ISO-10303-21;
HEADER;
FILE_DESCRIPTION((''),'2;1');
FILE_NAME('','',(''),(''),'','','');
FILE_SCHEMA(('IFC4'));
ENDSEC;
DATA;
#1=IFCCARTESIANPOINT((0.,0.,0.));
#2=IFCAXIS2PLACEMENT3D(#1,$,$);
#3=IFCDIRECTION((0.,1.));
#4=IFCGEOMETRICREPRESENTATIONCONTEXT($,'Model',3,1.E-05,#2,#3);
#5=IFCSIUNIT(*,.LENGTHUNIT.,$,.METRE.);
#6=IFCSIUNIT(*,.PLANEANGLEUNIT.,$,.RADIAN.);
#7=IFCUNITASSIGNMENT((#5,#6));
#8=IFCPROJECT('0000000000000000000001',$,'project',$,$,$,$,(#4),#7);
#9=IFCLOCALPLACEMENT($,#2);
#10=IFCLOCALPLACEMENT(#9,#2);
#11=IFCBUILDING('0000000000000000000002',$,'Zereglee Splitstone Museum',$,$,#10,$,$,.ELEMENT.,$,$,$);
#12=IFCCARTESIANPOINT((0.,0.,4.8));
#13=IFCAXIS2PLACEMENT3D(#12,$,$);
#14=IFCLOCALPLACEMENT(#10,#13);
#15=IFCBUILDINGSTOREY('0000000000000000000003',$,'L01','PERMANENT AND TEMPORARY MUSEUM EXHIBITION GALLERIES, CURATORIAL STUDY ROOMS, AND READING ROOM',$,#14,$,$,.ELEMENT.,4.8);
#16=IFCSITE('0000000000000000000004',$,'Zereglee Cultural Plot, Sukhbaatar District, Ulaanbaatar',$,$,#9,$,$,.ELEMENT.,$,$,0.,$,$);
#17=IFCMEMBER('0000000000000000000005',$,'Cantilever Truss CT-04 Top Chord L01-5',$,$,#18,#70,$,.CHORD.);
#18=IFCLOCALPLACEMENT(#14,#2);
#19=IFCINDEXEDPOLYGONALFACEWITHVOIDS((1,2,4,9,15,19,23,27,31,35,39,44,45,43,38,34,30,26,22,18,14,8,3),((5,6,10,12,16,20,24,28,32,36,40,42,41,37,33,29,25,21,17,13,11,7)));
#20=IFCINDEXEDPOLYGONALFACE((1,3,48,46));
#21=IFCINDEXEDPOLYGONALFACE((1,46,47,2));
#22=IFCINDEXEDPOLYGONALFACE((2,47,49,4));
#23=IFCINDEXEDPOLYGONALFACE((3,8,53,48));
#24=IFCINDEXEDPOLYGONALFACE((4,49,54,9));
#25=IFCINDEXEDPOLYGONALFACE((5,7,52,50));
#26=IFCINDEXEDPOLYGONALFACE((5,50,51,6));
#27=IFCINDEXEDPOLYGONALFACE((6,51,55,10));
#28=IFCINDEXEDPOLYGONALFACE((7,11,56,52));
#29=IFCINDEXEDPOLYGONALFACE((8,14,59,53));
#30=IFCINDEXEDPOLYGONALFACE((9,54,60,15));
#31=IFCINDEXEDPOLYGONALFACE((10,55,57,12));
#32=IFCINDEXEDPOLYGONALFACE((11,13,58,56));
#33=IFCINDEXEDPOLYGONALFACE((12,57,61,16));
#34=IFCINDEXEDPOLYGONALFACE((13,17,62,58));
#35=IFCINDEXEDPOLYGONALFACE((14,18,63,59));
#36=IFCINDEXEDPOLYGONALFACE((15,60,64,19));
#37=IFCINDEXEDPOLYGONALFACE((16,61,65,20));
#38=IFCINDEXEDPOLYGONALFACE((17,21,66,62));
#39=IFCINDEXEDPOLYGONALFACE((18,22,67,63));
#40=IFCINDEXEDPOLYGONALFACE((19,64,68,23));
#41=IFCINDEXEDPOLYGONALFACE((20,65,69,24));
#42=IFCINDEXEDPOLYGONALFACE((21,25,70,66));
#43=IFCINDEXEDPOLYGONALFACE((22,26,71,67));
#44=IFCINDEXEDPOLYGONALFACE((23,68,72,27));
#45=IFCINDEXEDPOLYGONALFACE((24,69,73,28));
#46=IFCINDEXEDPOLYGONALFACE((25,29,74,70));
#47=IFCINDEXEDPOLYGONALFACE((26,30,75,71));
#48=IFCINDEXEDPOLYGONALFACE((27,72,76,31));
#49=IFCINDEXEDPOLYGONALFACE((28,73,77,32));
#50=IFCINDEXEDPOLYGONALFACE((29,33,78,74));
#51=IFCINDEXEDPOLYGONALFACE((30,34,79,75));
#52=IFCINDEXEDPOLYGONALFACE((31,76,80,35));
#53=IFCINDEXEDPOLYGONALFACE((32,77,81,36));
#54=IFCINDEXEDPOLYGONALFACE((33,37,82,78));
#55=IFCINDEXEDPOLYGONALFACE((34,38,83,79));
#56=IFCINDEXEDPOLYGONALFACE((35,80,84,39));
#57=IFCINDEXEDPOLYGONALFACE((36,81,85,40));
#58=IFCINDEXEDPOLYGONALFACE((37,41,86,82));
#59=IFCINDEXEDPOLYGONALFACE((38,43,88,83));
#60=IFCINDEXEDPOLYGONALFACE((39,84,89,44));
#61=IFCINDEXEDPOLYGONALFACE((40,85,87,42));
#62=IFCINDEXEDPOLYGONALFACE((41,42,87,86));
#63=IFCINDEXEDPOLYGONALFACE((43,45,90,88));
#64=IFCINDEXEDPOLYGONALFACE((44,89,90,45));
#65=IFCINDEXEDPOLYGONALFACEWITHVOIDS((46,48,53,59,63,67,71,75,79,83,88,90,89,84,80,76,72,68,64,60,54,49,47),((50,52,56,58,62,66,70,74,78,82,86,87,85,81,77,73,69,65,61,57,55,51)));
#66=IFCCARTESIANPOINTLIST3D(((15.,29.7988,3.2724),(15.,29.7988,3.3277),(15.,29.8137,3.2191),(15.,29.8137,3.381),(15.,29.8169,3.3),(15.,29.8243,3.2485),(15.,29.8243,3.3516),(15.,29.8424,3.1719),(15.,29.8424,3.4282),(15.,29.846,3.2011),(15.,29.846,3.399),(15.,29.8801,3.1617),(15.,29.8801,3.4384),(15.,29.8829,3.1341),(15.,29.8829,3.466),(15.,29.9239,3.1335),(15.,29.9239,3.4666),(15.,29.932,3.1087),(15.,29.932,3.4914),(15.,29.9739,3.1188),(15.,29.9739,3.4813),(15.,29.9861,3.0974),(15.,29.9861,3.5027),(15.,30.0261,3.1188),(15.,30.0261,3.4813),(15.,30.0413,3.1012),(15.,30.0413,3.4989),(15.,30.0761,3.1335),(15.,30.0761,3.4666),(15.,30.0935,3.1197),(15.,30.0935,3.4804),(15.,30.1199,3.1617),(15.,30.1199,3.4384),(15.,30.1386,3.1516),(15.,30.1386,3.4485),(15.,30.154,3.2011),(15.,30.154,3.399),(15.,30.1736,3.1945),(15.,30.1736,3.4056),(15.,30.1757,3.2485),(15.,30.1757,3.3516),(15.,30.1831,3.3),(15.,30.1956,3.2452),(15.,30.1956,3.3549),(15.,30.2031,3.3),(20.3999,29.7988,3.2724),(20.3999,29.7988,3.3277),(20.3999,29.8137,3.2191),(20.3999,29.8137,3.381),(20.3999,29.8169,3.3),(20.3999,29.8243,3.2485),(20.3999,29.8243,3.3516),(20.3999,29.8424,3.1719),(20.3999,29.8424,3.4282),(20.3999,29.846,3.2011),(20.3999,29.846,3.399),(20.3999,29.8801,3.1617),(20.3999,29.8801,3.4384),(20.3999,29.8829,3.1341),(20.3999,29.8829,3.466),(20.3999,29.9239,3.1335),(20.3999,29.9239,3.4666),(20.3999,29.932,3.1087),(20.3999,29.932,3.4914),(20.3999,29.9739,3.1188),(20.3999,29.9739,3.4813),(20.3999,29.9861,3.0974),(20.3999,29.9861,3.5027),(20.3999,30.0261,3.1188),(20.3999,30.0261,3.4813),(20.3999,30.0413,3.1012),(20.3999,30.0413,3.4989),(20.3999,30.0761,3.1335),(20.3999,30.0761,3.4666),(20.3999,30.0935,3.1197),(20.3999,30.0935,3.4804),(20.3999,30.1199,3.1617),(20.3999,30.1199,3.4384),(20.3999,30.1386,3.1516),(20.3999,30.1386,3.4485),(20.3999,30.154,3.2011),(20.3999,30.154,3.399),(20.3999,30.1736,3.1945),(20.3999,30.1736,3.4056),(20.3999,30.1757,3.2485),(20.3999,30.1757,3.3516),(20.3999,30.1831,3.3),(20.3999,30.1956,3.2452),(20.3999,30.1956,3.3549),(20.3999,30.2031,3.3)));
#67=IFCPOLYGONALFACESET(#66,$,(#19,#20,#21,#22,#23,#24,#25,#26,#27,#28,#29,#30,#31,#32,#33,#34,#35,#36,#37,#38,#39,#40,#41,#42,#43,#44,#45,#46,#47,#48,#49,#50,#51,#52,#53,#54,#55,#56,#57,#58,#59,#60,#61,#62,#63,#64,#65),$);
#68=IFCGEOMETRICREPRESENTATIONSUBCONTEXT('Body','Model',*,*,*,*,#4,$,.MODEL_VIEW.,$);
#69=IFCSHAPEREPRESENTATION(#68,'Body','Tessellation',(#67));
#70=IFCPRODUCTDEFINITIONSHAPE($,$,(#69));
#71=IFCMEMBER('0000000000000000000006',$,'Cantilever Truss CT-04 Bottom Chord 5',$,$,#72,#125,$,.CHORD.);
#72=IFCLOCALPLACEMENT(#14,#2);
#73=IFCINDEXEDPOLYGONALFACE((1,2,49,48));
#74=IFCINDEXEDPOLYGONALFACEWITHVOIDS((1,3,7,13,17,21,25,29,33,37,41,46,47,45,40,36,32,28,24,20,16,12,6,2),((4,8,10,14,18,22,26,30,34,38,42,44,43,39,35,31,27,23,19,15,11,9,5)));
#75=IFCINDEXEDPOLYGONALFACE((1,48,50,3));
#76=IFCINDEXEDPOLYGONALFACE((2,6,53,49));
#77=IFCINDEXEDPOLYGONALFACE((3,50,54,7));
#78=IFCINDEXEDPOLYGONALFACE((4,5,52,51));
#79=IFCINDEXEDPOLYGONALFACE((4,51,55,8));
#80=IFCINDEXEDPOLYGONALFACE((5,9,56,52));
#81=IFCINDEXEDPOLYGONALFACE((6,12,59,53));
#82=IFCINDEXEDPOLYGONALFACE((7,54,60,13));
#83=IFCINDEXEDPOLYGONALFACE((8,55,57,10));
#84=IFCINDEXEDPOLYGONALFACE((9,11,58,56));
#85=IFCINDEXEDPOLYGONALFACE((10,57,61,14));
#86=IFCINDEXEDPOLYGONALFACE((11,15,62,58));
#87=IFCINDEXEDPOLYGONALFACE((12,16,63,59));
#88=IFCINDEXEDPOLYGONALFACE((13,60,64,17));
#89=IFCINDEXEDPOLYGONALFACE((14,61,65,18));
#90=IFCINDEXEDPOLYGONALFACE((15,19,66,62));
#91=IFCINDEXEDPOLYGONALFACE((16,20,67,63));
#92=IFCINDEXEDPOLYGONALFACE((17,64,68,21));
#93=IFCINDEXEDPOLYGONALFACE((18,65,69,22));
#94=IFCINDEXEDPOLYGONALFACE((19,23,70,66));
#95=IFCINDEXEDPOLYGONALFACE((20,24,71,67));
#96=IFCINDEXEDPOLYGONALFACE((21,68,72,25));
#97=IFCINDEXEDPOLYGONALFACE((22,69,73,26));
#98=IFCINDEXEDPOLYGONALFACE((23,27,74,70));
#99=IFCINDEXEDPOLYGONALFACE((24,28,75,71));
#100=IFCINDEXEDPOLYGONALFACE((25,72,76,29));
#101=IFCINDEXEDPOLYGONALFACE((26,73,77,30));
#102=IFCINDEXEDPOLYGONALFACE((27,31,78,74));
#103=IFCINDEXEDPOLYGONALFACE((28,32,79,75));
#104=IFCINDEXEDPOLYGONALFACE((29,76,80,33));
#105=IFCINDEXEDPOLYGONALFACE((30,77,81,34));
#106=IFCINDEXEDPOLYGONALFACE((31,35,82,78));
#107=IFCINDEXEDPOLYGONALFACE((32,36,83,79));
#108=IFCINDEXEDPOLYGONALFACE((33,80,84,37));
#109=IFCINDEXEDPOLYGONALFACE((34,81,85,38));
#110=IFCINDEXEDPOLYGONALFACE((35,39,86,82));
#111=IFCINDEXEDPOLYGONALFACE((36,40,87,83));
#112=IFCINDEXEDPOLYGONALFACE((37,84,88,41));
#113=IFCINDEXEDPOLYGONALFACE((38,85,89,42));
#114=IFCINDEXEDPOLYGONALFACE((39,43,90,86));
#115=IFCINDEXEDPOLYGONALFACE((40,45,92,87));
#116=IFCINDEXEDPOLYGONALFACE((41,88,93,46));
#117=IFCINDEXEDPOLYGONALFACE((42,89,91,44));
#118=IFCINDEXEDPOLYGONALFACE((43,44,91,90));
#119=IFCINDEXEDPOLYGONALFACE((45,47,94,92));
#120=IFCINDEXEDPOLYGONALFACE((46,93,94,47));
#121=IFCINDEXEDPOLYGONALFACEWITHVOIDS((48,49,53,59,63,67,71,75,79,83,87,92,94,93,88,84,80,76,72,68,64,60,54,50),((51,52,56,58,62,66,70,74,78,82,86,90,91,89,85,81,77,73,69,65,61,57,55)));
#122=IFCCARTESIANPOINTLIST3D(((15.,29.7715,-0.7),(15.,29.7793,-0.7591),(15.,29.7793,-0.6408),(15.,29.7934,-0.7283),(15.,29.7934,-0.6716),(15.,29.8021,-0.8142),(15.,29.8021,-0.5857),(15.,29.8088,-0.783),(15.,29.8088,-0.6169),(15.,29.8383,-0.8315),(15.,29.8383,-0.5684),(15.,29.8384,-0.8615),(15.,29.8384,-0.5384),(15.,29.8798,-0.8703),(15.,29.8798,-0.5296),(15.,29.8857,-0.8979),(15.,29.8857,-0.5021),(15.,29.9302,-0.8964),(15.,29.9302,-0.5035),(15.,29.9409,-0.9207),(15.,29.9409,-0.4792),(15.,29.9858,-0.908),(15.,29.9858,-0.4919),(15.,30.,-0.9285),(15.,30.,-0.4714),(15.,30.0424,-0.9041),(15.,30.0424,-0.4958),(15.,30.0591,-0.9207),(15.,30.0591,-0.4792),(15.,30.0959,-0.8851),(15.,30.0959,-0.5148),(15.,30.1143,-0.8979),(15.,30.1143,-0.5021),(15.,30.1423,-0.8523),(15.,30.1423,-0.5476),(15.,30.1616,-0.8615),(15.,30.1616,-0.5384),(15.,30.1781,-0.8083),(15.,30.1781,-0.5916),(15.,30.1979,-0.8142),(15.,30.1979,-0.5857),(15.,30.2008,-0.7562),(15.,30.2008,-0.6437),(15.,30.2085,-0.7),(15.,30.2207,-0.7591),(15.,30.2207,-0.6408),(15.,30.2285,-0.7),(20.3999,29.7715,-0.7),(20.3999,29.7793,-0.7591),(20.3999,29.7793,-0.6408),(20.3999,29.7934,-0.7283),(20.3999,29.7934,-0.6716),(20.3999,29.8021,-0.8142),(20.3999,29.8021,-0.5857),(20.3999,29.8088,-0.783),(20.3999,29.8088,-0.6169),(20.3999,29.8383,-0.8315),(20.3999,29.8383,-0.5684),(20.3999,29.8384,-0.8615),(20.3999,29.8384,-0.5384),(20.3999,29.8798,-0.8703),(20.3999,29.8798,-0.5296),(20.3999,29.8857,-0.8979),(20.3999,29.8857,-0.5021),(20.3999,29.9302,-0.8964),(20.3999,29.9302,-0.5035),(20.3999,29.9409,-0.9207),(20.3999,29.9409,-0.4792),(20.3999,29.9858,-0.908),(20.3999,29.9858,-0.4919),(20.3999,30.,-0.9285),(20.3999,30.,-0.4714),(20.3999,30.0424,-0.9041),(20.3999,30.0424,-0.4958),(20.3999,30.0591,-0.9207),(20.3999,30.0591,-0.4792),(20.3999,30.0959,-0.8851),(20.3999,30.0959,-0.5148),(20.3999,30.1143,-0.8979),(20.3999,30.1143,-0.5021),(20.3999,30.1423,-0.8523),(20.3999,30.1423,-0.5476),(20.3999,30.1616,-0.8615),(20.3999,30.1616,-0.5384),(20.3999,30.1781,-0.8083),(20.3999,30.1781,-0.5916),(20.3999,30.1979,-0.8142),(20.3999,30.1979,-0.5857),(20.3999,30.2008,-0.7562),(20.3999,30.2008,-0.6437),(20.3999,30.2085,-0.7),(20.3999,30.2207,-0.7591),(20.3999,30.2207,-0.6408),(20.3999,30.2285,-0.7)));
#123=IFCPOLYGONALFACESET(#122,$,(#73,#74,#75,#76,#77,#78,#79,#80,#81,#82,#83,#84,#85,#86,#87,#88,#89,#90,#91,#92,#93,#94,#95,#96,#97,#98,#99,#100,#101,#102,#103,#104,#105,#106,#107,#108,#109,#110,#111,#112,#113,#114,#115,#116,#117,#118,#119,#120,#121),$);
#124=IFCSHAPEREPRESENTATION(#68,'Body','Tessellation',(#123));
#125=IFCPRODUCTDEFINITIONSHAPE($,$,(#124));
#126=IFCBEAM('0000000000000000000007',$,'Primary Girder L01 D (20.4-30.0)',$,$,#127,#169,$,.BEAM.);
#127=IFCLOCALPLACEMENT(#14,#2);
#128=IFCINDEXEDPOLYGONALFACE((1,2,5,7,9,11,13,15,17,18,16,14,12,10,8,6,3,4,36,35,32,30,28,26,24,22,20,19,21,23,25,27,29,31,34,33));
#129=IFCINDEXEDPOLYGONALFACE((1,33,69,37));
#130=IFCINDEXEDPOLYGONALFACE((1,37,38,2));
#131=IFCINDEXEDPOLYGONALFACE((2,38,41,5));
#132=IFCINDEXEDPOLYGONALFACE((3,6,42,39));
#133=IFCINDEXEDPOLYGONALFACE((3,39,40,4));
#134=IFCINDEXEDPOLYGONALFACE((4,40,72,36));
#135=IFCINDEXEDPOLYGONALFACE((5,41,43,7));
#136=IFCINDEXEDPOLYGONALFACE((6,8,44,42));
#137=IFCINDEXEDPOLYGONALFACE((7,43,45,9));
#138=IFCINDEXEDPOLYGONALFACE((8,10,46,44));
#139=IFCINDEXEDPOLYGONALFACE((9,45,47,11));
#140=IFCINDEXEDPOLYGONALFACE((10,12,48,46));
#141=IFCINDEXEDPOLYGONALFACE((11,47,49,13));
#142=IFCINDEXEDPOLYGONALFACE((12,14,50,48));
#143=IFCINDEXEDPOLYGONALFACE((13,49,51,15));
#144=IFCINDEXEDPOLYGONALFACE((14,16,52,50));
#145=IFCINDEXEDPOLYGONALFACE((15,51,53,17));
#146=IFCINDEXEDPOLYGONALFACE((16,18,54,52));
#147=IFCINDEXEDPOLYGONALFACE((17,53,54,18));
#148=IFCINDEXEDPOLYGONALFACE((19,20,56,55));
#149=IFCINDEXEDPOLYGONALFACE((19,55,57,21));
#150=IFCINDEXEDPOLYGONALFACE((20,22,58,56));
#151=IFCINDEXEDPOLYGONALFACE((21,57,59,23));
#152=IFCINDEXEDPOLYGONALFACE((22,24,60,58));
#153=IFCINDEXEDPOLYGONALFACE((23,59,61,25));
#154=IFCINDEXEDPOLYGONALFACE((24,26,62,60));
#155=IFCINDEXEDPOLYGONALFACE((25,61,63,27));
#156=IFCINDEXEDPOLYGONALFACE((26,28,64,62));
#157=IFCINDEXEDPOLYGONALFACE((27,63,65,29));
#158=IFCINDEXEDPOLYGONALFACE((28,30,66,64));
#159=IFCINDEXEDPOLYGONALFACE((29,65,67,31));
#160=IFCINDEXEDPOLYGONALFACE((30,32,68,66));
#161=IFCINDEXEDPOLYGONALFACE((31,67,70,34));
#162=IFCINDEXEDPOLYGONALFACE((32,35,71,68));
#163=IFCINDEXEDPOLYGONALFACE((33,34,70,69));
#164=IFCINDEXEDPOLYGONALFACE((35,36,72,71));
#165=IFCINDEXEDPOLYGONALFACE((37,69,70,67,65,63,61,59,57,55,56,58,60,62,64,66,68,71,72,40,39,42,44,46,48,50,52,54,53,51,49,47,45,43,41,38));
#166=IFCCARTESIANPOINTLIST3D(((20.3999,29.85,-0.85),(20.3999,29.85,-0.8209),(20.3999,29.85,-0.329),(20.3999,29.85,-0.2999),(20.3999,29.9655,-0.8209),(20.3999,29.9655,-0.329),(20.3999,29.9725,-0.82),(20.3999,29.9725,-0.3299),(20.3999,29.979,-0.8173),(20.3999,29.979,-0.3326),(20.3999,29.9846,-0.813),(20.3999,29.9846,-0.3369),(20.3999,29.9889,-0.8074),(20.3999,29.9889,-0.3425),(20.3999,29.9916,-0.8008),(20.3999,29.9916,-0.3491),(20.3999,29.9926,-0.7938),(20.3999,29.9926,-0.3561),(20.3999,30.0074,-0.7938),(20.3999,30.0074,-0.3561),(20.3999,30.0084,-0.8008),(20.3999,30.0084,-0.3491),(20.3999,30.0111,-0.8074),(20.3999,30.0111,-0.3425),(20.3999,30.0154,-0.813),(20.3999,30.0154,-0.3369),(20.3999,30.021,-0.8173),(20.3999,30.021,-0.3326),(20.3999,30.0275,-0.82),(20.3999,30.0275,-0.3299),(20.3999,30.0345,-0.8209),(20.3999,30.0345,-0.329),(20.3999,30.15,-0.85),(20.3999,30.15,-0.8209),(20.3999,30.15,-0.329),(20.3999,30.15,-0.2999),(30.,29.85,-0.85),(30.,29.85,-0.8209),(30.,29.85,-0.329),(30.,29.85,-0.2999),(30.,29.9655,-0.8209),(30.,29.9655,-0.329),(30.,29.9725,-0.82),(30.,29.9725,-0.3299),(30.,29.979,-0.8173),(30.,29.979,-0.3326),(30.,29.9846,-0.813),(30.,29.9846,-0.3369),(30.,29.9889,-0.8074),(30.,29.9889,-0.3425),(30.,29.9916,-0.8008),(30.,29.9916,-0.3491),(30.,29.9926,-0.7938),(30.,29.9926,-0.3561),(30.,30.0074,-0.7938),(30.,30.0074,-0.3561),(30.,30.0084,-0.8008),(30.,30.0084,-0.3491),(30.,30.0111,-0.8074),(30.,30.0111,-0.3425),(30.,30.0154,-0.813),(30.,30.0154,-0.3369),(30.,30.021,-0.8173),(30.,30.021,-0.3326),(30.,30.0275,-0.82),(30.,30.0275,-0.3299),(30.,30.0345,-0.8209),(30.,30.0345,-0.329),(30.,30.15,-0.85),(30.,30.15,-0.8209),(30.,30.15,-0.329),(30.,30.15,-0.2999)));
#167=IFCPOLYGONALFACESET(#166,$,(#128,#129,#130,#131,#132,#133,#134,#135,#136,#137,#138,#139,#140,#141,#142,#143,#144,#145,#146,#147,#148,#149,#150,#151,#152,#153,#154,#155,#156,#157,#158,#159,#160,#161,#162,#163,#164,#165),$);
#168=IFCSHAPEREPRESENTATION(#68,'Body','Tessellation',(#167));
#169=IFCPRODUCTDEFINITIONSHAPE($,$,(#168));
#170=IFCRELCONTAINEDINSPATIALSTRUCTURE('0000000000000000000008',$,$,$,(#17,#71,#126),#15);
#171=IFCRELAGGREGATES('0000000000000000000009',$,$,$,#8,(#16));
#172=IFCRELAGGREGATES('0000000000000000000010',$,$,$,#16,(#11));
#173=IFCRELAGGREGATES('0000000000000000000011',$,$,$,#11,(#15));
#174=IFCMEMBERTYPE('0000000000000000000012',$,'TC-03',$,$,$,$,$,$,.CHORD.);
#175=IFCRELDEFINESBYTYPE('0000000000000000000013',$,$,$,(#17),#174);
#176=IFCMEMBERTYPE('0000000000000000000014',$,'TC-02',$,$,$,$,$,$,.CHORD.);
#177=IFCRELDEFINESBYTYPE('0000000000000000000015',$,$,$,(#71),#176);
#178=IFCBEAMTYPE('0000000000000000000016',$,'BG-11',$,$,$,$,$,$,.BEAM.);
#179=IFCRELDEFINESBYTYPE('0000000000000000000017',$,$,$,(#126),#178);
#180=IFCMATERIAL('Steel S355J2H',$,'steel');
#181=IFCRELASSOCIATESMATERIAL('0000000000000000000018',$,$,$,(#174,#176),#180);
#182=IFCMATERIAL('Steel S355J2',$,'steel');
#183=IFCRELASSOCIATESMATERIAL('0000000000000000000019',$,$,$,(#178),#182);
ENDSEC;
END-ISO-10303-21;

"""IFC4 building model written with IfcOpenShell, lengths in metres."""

from ifc_helpers import new_model, si_unit, direction, frame, origin, origin_2d, place, context, subcontext, project, spatial, hollow_circle, i_section, extrude, material, material_profile, profile_set, type_object, element, save


model = new_model("IFC4")

# Units and contexts
model_context = context("Model", 3, precision=1e-05, world=origin(), true_north=direction((0.0, 1.0)))
body_context = subcontext(model_context, "Body", "Model", "MODEL_VIEW")
ifc_project = project(units=[si_unit("LENGTHUNIT", "METRE"), si_unit("PLANEANGLEUNIT", "RADIAN")], contexts=[model_context])

# Site, building, storey
site_placement = place(None, origin())
site = spatial("IfcSite", under=ifc_project, at=site_placement, Name="Zereglee Cultural Plot, Sukhbaatar District, Ulaanbaatar", CompositionType="ELEMENT", RefElevation=0.0)
building_placement = place(site_placement, origin())
building = spatial("IfcBuilding", under=site, at=building_placement, Name="Zereglee Splitstone Museum", CompositionType="ELEMENT")
storey_placement = place(building_placement, frame((0.0, 0.0, 4.8)))
storey = spatial("IfcBuildingStorey", under=building, at=storey_placement, Name="L01", Description="PERMANENT AND TEMPORARY MUSEUM EXHIBITION GALLERIES, CURATORIAL STUDY ROOMS, AND READING ROOM", CompositionType="ELEMENT", Elevation=4.8)

# Shared definitions
ifc_material_1 = material(Name="Steel S355J2", Category="steel")
ifc_material_2 = material(Name="Steel S355J2H", Category="steel")

# Members
ifc_material_profile_1 = material_profile(ifc_material_2, hollow_circle(Radius=0.2031, WallThickness=0.02, at=origin_2d()), Name="CHS 406.4x20")
ifc_profile_set_1 = profile_set([ifc_material_profile_1], Name="Steel S355J2H")
member_type_1 = type_object("IfcMemberType", Name="TC-03", PredefinedType="CHORD", material=ifc_profile_set_1)
member_1_placement = place(storey_placement, frame((15.0, 30.0, 3.3), z_axis=(1.0, 0.0, 0.0), x_axis=(0.0, 1.0, 0.0)))
element("IfcMember", 1, at=member_1_placement, inside=storey, type_object=member_type_1, Name="Cantilever Truss CT-04 Top Chord L01-5", PredefinedType="CHORD", context=body_context, shape_type="SweptSolid", body=[
    extrude(hollow_circle(Radius=0.2031, WallThickness=0.02, at=origin_2d()), origin(), (0.0, 0.0, 1.0), 5.3999),
])
ifc_material_profile_2 = material_profile(ifc_material_2, hollow_circle(Radius=0.2285, WallThickness=0.02, at=origin_2d()), Name="CHS 457.0x20")
ifc_profile_set_2 = profile_set([ifc_material_profile_2], Name="Steel S355J2H")
member_type_2 = type_object("IfcMemberType", Name="TC-02", PredefinedType="CHORD", material=ifc_profile_set_2)
member_2_placement = place(storey_placement, frame((15.0, 30.0, -0.7), z_axis=(1.0, 0.0, 0.0), x_axis=(0.0, 1.0, 0.0)))
element("IfcMember", 2, at=member_2_placement, inside=storey, type_object=member_type_2, Name="Cantilever Truss CT-04 Bottom Chord 5", PredefinedType="CHORD", context=body_context, shape_type="SweptSolid", body=[
    extrude(hollow_circle(Radius=0.2285, WallThickness=0.02, at=origin_2d()), origin(), (0.0, 0.0, 1.0), 5.3999),
])

# Beam
ifc_material_profile_3 = material_profile(ifc_material_1, i_section(OverallWidth=0.3, OverallDepth=0.55, WebThickness=0.0149, FlangeThickness=0.0291, FilletRadius=0.0271, at=origin_2d()), Name="HE 550 B")
ifc_profile_set_3 = profile_set([ifc_material_profile_3], Name="Steel S355J2")
beam_type_1 = type_object("IfcBeamType", Name="BG-11", PredefinedType="BEAM", material=ifc_profile_set_3)
beam_1_placement = place(storey_placement, frame((20.3999, 30.0, -0.575), z_axis=(1.0, 0.0, 0.0), x_axis=(0.0, 1.0, 0.0)))
element("IfcBeam", 3, at=beam_1_placement, inside=storey, type_object=beam_type_1, Name="Primary Girder L01 D (20.4-30.0)", PredefinedType="BEAM", context=body_context, shape_type="SweptSolid", body=[
    extrude(i_section(OverallWidth=0.3, OverallDepth=0.55, WebThickness=0.0149, FlangeThickness=0.0291, FilletRadius=0.0271, at=origin_2d()), origin(), (0.0, 0.0, 1.0), 9.6001),
])

save(model, "model.ifc")
